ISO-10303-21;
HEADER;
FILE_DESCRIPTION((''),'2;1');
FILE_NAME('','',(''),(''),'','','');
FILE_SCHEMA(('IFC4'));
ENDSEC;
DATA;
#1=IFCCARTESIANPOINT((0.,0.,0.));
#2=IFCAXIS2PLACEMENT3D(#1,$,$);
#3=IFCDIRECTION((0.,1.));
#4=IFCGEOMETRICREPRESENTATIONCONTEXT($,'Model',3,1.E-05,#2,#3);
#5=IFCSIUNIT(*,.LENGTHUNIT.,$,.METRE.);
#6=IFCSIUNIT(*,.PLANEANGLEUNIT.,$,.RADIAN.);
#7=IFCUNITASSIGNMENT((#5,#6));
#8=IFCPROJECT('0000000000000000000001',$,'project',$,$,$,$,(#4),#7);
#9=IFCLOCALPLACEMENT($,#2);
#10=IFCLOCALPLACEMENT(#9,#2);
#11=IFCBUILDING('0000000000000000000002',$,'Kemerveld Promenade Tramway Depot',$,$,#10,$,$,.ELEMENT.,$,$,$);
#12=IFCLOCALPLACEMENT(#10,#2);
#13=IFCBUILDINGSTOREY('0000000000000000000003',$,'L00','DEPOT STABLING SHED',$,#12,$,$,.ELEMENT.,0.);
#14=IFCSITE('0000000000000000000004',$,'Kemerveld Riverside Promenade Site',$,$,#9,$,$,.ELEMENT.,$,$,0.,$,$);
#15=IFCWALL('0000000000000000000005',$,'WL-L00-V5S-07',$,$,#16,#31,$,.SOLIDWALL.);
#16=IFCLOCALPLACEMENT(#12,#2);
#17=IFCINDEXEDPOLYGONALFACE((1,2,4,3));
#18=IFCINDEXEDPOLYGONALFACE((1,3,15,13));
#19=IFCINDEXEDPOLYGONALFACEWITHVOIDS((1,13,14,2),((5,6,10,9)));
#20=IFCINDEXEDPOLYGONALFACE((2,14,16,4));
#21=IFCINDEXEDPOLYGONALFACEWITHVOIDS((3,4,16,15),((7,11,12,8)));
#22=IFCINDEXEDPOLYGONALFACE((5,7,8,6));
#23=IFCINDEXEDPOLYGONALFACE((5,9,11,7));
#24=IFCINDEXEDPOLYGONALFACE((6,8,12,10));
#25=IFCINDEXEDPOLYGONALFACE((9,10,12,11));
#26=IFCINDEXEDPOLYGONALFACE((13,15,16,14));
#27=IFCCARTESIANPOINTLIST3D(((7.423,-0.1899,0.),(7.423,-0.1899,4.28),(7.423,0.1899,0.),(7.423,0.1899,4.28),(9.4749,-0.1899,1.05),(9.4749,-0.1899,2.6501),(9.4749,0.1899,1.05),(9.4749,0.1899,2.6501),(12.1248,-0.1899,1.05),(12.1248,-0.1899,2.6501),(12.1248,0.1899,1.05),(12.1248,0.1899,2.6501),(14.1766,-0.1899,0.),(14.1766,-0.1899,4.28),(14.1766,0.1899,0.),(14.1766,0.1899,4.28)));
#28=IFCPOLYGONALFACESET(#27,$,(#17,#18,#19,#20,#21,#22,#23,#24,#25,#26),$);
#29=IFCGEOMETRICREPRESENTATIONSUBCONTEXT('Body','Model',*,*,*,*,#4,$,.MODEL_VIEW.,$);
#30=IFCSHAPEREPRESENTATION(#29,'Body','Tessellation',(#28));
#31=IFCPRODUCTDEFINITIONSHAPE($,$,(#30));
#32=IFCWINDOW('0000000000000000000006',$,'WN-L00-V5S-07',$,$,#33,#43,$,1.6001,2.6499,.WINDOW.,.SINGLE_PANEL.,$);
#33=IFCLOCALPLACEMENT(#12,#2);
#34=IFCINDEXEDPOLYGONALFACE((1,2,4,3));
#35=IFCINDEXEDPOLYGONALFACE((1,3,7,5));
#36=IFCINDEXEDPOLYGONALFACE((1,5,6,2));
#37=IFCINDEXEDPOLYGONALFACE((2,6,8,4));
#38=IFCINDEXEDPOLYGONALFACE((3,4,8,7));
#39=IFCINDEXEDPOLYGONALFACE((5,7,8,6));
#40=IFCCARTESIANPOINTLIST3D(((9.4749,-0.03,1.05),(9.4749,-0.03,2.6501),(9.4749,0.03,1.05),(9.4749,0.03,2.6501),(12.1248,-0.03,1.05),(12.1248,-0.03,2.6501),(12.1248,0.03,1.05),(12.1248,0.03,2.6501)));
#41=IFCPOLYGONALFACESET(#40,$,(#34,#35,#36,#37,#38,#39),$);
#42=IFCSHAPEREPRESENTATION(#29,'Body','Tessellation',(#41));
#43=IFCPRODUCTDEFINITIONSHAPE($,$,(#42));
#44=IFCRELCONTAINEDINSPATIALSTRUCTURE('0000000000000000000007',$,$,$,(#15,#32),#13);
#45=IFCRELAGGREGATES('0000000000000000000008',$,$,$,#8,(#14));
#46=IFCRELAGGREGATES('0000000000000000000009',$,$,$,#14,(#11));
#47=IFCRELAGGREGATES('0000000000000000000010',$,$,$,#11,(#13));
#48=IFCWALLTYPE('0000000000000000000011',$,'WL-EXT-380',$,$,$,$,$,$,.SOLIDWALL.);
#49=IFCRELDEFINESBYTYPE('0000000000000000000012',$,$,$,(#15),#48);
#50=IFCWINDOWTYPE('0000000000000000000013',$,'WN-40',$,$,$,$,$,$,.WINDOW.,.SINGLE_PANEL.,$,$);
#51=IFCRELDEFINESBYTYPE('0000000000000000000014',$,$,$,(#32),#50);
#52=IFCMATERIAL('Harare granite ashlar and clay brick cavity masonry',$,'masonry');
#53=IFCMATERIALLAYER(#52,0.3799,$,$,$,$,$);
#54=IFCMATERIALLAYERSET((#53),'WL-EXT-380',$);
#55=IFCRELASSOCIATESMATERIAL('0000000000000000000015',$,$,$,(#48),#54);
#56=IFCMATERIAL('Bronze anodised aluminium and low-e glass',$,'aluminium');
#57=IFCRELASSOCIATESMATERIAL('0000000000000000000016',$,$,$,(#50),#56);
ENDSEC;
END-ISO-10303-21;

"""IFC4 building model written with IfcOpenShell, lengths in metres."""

from ifc_helpers import new_model, si_unit, direction, frame, frame_2d, origin, place, context, subcontext, project, spatial, rectangle, extrude, material, layer, layer_set, type_object, element, fill, save


model = new_model("IFC4")

# Units and contexts
model_context = context("Model", 3, precision=1e-05, world=origin(), true_north=direction((0.0, 1.0)))
body_context = subcontext(model_context, "Body", "Model", "MODEL_VIEW")
ifc_project = project(units=[si_unit("LENGTHUNIT", "METRE"), si_unit("PLANEANGLEUNIT", "RADIAN")], contexts=[model_context])

# Site, building, storey
site_placement = place(None, origin())
site = spatial("IfcSite", under=ifc_project, at=site_placement, Name="Kemerveld Riverside Promenade Site", CompositionType="ELEMENT", RefElevation=0.0)
building_placement = place(site_placement, origin())
building = spatial("IfcBuilding", under=site, at=building_placement, Name="Kemerveld Promenade Tramway Depot", CompositionType="ELEMENT")
storey_placement = place(building_placement, origin())
storey = spatial("IfcBuildingStorey", under=building, at=storey_placement, Name="L00", Description="DEPOT STABLING SHED", CompositionType="ELEMENT", Elevation=0.0)

# Wall, opening, window
ifc_material_1 = material(Name="Harare granite ashlar and clay brick cavity masonry", Category="masonry")
ifc_layer_1 = layer(ifc_material_1, 0.3799)
ifc_layer_set_1 = layer_set([ifc_layer_1], Name="WL-EXT-380")
wall_type = type_object("IfcWallType", Name="WL-EXT-380", PredefinedType="SOLIDWALL", material=ifc_layer_set_1)
wall_placement = place(storey_placement, frame((14.1768, 0.0, 0.0), z_axis=(0.0, 0.0, 1.0), x_axis=(-1.0, 0.0, 0.0)))
wall = element("IfcWall", 1, at=wall_placement, inside=storey, type_object=wall_type, Name="WL-L00-V5S-07", PredefinedType="SOLIDWALL", context=body_context, shape_type="SweptSolid", body=[
    extrude(rectangle(XDim=6.7537, YDim=0.3799, at=frame_2d((3.377, 0.0))), origin(), (0.0, 0.0, 1.0), 4.28),
])
opening_placement = place(wall_placement, frame((2.052, 0.0, 1.05)))
opening = element("IfcOpeningElement", 2, at=opening_placement, cuts=wall, PredefinedType="OPENING", context=body_context, shape_type="SweptSolid", body=[
    extrude(rectangle(XDim=2.6499, YDim=1.6001, at=frame_2d((1.325, 0.8))), frame((0.0, 0.2, 0.0), z_axis=(0.0, -1.0, 0.0), x_axis=(1.0, 0.0, 0.0)), (0.0, 0.0, 1.0), 0.3999),
])
ifc_material_2 = material(Name="Bronze anodised aluminium and low-e glass", Category="aluminium")
window_type = type_object("IfcWindowType", Name="WN-40", PartitioningType="SINGLE_PANEL", PredefinedType="WINDOW", material=ifc_material_2)
window_placement = place(opening_placement, origin())
window = element("IfcWindow", 3, at=window_placement, inside=storey, type_object=window_type, Name="WN-L00-V5S-07", OverallHeight=1.6001, OverallWidth=2.6499, PartitioningType="SINGLE_PANEL", PredefinedType="WINDOW", context=body_context, shape_type="SweptSolid", body=[
    extrude(rectangle(XDim=2.6499, YDim=1.6001, at=frame_2d((1.325, 0.8))), frame((0.0, 0.03, 0.0), z_axis=(0.0, -1.0, 0.0), x_axis=(1.0, 0.0, 0.0)), (0.0, 0.0, 1.0), 0.0601),
])
fill(opening, window)

save(model, "model.ifc")
